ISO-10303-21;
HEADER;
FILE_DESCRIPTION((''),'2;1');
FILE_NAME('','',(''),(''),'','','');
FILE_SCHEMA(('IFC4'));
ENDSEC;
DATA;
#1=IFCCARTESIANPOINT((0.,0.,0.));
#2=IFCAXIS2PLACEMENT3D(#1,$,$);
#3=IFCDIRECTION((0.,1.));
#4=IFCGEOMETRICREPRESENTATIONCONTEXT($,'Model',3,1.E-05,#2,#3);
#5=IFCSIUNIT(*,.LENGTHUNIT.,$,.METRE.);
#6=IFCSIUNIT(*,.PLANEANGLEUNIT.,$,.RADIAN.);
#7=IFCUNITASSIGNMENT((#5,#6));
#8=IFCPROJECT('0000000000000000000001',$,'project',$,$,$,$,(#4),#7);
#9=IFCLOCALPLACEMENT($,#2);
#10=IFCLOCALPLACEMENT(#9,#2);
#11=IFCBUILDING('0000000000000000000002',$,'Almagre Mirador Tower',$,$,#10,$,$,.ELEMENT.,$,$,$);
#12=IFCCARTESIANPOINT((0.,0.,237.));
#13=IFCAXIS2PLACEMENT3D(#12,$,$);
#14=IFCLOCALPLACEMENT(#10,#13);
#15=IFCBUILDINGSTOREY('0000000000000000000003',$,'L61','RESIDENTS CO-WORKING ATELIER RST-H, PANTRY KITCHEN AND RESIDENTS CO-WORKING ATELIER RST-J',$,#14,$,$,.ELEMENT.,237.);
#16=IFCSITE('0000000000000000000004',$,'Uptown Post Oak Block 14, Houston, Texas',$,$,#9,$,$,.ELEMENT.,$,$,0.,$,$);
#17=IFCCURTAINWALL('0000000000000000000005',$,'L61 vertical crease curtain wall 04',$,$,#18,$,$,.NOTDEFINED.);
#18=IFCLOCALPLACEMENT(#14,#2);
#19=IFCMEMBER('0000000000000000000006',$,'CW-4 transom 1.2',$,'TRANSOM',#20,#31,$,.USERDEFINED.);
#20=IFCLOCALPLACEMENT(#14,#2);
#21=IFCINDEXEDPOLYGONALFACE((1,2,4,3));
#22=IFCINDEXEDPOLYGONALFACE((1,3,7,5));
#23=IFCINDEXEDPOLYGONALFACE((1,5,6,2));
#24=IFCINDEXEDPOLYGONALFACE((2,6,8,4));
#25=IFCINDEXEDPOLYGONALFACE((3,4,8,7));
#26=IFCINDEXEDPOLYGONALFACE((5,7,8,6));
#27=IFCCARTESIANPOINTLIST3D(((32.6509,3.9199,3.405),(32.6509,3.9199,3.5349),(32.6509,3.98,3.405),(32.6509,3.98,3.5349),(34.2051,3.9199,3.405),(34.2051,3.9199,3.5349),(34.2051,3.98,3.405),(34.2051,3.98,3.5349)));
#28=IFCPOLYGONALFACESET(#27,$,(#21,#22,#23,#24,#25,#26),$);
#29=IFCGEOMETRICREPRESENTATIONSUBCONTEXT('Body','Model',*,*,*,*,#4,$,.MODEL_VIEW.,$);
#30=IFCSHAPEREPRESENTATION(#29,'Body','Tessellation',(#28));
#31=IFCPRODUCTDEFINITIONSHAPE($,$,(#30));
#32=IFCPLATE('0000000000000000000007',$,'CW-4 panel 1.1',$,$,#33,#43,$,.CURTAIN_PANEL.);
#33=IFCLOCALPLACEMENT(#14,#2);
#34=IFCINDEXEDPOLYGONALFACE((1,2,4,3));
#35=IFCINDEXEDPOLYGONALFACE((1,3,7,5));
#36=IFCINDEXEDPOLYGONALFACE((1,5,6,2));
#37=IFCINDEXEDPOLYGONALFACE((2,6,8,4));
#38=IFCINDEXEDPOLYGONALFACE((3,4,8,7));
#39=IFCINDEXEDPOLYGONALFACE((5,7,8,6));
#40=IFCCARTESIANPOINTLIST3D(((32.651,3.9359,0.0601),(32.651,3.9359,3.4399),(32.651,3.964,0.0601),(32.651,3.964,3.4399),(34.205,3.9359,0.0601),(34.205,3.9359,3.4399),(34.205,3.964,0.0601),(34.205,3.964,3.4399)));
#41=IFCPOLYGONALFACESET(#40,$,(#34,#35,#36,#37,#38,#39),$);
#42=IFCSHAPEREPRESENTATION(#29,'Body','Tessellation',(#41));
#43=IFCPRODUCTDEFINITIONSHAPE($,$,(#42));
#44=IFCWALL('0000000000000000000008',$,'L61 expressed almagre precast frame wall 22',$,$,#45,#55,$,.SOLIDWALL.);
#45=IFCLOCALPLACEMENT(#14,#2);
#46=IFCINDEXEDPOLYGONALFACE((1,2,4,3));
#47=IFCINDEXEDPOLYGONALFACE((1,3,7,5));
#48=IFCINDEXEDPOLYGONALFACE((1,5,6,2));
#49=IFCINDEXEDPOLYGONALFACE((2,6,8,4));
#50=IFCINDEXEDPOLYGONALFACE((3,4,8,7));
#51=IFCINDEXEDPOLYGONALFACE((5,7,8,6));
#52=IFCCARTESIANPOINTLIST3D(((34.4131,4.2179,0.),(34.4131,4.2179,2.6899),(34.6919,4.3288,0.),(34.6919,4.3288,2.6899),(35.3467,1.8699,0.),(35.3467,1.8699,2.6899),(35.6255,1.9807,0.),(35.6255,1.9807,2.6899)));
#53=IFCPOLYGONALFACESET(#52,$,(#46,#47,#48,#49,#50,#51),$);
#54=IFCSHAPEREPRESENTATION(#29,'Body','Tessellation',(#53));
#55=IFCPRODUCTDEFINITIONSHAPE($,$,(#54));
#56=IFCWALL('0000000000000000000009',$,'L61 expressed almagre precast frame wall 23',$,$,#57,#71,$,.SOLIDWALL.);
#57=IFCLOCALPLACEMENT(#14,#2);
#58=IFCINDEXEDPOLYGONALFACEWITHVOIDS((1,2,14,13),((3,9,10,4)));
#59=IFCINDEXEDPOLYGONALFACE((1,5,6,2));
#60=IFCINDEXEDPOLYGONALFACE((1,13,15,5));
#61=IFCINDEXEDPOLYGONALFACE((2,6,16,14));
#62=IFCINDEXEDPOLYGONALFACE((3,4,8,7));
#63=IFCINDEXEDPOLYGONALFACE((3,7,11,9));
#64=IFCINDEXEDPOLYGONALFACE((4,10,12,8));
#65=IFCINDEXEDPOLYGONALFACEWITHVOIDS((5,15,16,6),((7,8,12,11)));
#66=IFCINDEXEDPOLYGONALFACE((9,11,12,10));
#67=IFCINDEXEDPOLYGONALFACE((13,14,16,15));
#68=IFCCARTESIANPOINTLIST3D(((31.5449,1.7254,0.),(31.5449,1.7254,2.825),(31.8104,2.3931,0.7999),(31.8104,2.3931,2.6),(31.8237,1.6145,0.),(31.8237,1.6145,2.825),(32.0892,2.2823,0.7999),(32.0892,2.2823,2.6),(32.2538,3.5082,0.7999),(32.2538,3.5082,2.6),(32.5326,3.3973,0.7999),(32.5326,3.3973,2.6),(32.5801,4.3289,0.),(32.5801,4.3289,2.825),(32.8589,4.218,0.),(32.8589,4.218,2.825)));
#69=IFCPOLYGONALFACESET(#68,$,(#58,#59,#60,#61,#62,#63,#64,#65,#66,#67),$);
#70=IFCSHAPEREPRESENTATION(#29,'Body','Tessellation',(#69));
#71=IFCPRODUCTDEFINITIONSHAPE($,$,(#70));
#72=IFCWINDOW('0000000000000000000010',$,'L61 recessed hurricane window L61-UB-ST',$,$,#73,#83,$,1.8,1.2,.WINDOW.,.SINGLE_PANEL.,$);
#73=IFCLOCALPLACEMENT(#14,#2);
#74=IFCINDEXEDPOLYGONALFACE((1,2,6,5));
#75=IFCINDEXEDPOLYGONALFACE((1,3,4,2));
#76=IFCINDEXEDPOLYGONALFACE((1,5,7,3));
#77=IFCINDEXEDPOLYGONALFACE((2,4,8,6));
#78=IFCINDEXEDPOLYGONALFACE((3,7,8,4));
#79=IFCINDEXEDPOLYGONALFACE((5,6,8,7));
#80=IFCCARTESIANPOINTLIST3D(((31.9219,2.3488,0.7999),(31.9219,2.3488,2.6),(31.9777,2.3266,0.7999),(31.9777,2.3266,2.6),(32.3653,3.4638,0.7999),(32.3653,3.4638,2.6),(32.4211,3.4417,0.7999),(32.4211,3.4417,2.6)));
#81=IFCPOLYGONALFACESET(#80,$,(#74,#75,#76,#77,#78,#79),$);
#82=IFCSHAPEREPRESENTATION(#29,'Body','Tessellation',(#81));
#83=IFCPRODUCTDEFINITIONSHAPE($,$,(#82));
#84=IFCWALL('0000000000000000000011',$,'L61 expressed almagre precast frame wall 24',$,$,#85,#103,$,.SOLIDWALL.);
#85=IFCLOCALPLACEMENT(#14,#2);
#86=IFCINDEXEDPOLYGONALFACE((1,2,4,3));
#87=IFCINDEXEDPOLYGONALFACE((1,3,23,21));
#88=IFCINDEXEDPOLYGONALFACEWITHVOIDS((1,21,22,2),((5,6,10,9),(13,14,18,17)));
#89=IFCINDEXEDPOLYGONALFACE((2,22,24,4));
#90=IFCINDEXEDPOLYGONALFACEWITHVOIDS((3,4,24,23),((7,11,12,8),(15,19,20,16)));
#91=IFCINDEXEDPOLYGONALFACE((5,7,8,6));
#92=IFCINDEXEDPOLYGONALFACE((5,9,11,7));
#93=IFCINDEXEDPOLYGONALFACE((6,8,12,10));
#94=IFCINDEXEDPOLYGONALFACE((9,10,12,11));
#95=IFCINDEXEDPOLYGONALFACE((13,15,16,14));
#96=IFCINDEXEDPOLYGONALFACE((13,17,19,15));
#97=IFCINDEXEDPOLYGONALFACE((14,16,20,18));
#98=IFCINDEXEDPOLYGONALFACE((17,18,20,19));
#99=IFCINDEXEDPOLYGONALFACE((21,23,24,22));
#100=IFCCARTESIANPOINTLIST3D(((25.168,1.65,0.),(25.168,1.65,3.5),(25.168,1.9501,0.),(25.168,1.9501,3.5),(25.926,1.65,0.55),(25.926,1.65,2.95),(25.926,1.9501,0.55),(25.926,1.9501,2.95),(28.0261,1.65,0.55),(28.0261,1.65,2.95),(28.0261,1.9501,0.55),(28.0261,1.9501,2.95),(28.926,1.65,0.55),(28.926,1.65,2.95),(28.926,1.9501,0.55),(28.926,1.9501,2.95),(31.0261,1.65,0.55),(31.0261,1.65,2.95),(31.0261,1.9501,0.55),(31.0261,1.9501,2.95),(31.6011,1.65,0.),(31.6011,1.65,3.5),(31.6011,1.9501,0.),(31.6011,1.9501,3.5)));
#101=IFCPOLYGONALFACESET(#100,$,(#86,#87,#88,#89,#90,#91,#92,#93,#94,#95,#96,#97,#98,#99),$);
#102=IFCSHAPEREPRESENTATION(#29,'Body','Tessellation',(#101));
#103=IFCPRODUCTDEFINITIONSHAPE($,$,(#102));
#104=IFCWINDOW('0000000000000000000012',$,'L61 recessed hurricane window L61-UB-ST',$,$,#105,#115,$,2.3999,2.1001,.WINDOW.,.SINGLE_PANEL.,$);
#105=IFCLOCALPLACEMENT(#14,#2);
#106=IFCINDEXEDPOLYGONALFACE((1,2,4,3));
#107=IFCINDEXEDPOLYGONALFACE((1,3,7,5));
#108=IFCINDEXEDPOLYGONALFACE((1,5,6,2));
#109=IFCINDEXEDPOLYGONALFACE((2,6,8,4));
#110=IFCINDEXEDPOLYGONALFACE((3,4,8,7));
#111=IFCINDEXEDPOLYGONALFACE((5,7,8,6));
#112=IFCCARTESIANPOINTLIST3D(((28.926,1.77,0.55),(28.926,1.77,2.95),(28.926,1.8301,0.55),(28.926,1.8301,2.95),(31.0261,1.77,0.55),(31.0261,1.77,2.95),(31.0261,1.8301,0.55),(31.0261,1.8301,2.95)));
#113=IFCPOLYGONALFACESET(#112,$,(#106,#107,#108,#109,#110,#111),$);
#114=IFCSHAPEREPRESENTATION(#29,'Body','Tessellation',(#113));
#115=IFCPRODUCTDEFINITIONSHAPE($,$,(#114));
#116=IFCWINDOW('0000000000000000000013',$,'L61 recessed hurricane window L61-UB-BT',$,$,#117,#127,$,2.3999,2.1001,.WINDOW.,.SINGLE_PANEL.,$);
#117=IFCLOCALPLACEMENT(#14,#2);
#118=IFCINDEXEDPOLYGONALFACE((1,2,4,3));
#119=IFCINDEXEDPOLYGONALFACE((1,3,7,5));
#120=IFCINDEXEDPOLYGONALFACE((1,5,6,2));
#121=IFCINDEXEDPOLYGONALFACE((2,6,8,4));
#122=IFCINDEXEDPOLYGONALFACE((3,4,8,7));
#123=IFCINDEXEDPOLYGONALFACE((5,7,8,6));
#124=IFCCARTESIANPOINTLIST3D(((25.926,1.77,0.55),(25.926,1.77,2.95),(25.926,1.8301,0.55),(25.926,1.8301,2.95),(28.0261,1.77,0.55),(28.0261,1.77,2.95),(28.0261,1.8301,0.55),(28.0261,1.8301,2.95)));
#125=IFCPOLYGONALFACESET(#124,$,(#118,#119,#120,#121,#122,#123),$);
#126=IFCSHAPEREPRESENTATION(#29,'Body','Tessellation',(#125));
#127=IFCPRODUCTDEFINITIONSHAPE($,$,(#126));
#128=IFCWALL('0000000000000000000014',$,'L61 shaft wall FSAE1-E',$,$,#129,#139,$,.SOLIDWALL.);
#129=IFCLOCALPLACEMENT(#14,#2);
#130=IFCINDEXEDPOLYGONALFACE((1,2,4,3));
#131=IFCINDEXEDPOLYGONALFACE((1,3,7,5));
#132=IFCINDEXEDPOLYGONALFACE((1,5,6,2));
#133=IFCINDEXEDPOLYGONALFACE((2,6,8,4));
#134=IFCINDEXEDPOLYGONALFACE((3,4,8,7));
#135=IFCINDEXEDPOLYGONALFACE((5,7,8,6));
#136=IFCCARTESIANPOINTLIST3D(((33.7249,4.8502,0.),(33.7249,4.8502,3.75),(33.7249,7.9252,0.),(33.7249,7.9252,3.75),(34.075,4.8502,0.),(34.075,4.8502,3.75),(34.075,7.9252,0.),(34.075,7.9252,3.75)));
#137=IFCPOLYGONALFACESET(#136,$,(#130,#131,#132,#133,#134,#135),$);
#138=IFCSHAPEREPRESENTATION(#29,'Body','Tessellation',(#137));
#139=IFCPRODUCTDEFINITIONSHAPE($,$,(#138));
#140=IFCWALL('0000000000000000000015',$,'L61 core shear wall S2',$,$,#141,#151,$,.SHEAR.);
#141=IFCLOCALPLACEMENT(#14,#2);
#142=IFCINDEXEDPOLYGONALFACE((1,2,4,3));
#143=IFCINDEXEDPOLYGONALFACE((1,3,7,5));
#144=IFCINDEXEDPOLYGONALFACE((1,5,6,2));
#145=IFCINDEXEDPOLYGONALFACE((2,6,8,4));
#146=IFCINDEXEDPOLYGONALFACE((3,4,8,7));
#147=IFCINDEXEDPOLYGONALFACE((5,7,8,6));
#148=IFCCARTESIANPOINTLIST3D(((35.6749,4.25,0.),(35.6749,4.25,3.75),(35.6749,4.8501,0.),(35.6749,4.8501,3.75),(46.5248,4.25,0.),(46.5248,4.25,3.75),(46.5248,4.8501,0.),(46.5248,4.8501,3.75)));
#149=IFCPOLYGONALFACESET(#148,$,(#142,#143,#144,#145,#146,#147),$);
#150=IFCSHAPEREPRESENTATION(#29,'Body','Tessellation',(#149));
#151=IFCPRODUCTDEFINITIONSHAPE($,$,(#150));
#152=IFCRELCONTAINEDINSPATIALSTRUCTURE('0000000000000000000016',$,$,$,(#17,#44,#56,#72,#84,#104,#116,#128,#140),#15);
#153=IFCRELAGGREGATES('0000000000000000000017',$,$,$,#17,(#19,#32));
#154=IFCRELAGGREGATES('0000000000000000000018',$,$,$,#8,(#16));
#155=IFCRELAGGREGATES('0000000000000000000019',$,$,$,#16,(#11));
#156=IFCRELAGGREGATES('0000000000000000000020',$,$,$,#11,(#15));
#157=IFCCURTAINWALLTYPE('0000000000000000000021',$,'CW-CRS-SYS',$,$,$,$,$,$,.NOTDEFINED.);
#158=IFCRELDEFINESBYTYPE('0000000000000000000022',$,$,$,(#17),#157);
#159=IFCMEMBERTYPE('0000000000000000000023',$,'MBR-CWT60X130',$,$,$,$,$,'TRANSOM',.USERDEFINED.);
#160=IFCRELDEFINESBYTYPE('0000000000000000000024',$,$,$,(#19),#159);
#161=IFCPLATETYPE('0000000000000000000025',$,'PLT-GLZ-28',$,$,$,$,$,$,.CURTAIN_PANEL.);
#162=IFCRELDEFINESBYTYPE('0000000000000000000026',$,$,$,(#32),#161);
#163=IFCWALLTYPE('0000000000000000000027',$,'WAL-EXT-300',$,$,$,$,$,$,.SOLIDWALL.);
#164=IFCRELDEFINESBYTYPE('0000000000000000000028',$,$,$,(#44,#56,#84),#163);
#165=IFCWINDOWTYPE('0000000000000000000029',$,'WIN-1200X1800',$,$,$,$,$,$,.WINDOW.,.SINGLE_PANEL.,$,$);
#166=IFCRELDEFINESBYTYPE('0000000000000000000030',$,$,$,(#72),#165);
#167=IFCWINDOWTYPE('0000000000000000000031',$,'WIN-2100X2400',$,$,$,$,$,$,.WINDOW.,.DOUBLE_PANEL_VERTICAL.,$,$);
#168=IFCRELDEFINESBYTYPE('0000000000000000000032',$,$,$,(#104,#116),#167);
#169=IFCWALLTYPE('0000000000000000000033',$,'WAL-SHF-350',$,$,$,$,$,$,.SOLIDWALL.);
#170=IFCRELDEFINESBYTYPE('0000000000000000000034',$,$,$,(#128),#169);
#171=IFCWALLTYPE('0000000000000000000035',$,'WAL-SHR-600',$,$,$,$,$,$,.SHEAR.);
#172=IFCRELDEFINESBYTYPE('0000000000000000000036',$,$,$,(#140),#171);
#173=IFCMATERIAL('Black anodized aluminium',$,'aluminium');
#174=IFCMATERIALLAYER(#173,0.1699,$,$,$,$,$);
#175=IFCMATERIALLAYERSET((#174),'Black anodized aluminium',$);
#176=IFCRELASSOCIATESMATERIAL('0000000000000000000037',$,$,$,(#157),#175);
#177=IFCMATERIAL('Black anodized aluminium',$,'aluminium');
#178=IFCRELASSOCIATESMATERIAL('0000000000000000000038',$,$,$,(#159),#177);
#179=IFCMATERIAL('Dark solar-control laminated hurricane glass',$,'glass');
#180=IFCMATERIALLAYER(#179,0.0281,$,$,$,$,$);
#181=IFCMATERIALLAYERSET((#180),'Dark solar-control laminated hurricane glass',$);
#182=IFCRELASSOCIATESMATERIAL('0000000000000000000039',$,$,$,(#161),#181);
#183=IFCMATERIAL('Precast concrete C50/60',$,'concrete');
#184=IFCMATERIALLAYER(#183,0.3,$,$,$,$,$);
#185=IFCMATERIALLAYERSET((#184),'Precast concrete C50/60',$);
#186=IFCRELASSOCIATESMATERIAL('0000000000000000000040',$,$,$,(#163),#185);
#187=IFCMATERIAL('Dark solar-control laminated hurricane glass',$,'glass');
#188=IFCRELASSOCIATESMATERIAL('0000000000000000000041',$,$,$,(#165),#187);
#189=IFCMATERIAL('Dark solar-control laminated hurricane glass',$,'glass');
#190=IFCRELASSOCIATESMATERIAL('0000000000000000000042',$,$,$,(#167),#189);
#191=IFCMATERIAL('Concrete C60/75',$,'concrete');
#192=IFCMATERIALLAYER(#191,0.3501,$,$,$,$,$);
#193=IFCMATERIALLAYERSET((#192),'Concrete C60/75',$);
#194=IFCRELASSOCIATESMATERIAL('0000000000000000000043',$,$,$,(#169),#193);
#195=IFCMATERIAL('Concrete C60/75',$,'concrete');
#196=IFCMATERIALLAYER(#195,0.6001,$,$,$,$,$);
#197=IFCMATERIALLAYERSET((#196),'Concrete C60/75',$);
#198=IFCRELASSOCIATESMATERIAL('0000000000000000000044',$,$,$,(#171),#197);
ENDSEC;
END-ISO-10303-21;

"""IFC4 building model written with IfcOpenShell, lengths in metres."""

from ifc_helpers import new_model, si_unit, direction, frame, frame_2d, origin, origin_2d, place, context, subcontext, project, spatial, rectangle, extrude, material, layer, layer_set, material_profile, profile_set, type_object, element, fill, aggregate, save


model = new_model("IFC4")

# Units and contexts
model_context = context("Model", 3, precision=1e-05, world=origin(), true_north=direction((0.0, 1.0)))
body_context = subcontext(model_context, "Body", "Model", "MODEL_VIEW")
ifc_project = project(units=[si_unit("LENGTHUNIT", "METRE"), si_unit("PLANEANGLEUNIT", "RADIAN")], contexts=[model_context])

# Site, building, storey
site_placement = place(None, origin())
site = spatial("IfcSite", under=ifc_project, at=site_placement, Name="Uptown Post Oak Block 14, Houston, Texas", CompositionType="ELEMENT", RefElevation=0.0)
building_placement = place(site_placement, origin())
building = spatial("IfcBuilding", under=site, at=building_placement, Name="Almagre Mirador Tower", CompositionType="ELEMENT")
storey_placement = place(building_placement, frame((0.0, 0.0, 237.0)))
storey = spatial("IfcBuildingStorey", under=building, at=storey_placement, Name="L61", Description="RESIDENTS CO-WORKING ATELIER RST-H, PANTRY KITCHEN AND RESIDENTS CO-WORKING ATELIER RST-J", CompositionType="ELEMENT", Elevation=237.0)

# Curtain wall, member, plate
ifc_material_1 = material(Name="Black anodized aluminium", Category="aluminium")
ifc_layer_1 = layer(ifc_material_1, 0.1699)
ifc_layer_set_1 = layer_set([ifc_layer_1], Name="Black anodized aluminium")
curtain_wall_type = type_object("IfcCurtainWallType", Name="CW-CRS-SYS", PredefinedType="NOTDEFINED", material=ifc_layer_set_1)
curtain_wall_placement = place(storey_placement, origin())
curtain_wall = element("IfcCurtainWall", 1, at=curtain_wall_placement, inside=storey, type_object=curtain_wall_type, Name="L61 vertical crease curtain wall 04", PredefinedType="NOTDEFINED")
ifc_material_2 = material(Name="Black anodized aluminium", Category="aluminium")
ifc_material_profile_1 = material_profile(ifc_material_2, rectangle(XDim=0.0601, YDim=0.1299, at=origin_2d()), Name="CWT60X130")
ifc_profile_set_1 = profile_set([ifc_material_profile_1], Name="Black anodized aluminium")
member_type_1 = type_object("IfcMemberType", Name="MBR-CWT60X130", ElementType="TRANSOM", PredefinedType="USERDEFINED", material=ifc_profile_set_1)
member_1_placement = place(storey_placement, frame((34.2051, 3.95, 3.47), z_axis=(-1.0, 0.0, 0.0), x_axis=(0.0, -1.0, 0.0)))
member_1 = element("IfcMember", 2, at=member_1_placement, type_object=member_type_1, Name="CW-4 transom 1.2", ObjectType="TRANSOM", PredefinedType="USERDEFINED", context=body_context, shape_type="SweptSolid", body=[
    extrude(rectangle(XDim=0.0601, YDim=0.1299, at=origin_2d()), origin(), (0.0, 0.0, 1.0), 1.5542),
])
ifc_material_3 = material(Name="Dark solar-control laminated hurricane glass", Category="glass")
ifc_layer_2 = layer(ifc_material_3, 0.0281)
ifc_layer_set_2 = layer_set([ifc_layer_2], Name="Dark solar-control laminated hurricane glass")
plate_type = type_object("IfcPlateType", Name="PLT-GLZ-28", PredefinedType="CURTAIN_PANEL", material=ifc_layer_set_2)
plate_placement = place(storey_placement, frame((33.428, 3.95, 0.0601), z_axis=(0.0, 0.0, 1.0), x_axis=(-1.0, 0.0, 0.0)))
plate = element("IfcPlate", 3, at=plate_placement, type_object=plate_type, Name="CW-4 panel 1.1", PredefinedType="CURTAIN_PANEL", context=body_context, shape_type="SweptSolid", body=[
    extrude(rectangle(XDim=1.554, YDim=0.0281, at=origin_2d()), origin(), (0.0, 0.0, 1.0), 3.3799),
])
aggregate(curtain_wall, [member_1, plate])

# Wall
ifc_material_4 = material(Name="Precast concrete C50/60", Category="concrete")
ifc_layer_3 = layer(ifc_material_4, 0.3)
ifc_layer_set_3 = layer_set([ifc_layer_3], Name="Precast concrete C50/60")
wall_type_1 = type_object("IfcWallType", Name="WAL-EXT-300", PredefinedType="SOLIDWALL", material=ifc_layer_set_3)
wall_1_placement = place(storey_placement, frame((35.4861, 1.9253, 0.0), z_axis=(0.0, 0.0, 1.0), x_axis=(-0.369458, 0.929248, 0.0)))
element("IfcWall", 4, at=wall_1_placement, inside=storey, type_object=wall_type_1, Name="L61 expressed almagre precast frame wall 22", PredefinedType="SOLIDWALL", context=body_context, shape_type="SweptSolid", body=[
    extrude(rectangle(XDim=2.5269, YDim=0.3, at=frame_2d((1.2634, 0.0))), origin(), (0.0, 0.0, 1.0), 2.6899),
])

# Wall, opening, window
wall_2_placement = place(storey_placement, frame((32.7195, 4.2734, 0.0), z_axis=(0.0, 0.0, 1.0), x_axis=(-0.369467, -0.929244, 0.0)))
wall_2 = element("IfcWall", 5, at=wall_2_placement, inside=storey, type_object=wall_type_1, Name="L61 expressed almagre precast frame wall 23", PredefinedType="SOLIDWALL", context=body_context, shape_type="SweptSolid", body=[
    extrude(rectangle(XDim=2.8018, YDim=0.3, at=frame_2d((1.4009, 0.0))), origin(), (0.0, 0.0, 1.0), 2.825),
])
opening_1_placement = place(wall_2_placement, frame((0.8831, 0.0, 0.8)))
opening_1 = element("IfcOpeningElement", 6, at=opening_1_placement, cuts=wall_2, PredefinedType="OPENING", context=body_context, shape_type="SweptSolid", body=[
    extrude(rectangle(XDim=1.2, YDim=1.8, at=frame_2d((0.6001, 0.8999))), frame((0.0, 0.1599, 0.0), z_axis=(0.0, -1.0, 0.0), x_axis=(1.0, 0.0, 0.0)), (0.0, 0.0, 1.0), 0.32),
])
ifc_material_5 = material(Name="Dark solar-control laminated hurricane glass", Category="glass")
window_type_1 = type_object("IfcWindowType", Name="WIN-1200X1800", PartitioningType="SINGLE_PANEL", PredefinedType="WINDOW", material=ifc_material_5)
window_1_placement = place(opening_1_placement, origin())
window_1 = element("IfcWindow", 7, at=window_1_placement, inside=storey, type_object=window_type_1, Name="L61 recessed hurricane window L61-UB-ST", OverallHeight=1.8, OverallWidth=1.2, PartitioningType="SINGLE_PANEL", PredefinedType="WINDOW", context=body_context, shape_type="SweptSolid", body=[
    extrude(rectangle(XDim=1.2, YDim=1.8, at=frame_2d((0.6001, 0.8999))), frame((0.0, 0.03, 0.0), z_axis=(0.0, -1.0, 0.0), x_axis=(1.0, 0.0, 0.0)), (0.0, 0.0, 1.0), 0.0601),
])
fill(opening_1, window_1)

# Wall, openings, windows
wall_3_placement = place(storey_placement, frame((31.6011, 1.8, 0.0), z_axis=(0.0, 0.0, 1.0), x_axis=(-1.0, 0.0, 0.0)))
wall_3 = element("IfcWall", 8, at=wall_3_placement, inside=storey, type_object=wall_type_1, Name="L61 expressed almagre precast frame wall 24", PredefinedType="SOLIDWALL", context=body_context, shape_type="SweptSolid", body=[
    extrude(rectangle(XDim=6.4331, YDim=0.3, at=frame_2d((3.2166, 0.0))), origin(), (0.0, 0.0, 1.0), 3.5),
])
opening_2_placement = place(wall_3_placement, frame((0.575, 0.0, 0.55)))
opening_2 = element("IfcOpeningElement", 9, at=opening_2_placement, cuts=wall_3, PredefinedType="OPENING", context=body_context, shape_type="SweptSolid", body=[
    extrude(rectangle(XDim=2.1001, YDim=2.3999, at=frame_2d((1.05, 1.2))), frame((0.0, 0.1599, 0.0), z_axis=(0.0, -1.0, 0.0), x_axis=(1.0, 0.0, 0.0)), (0.0, 0.0, 1.0), 0.32),
])
opening_3_placement = place(wall_3_placement, frame((3.575, 0.0, 0.55)))
opening_3 = element("IfcOpeningElement", 10, at=opening_3_placement, cuts=wall_3, PredefinedType="OPENING", context=body_context, shape_type="SweptSolid", body=[
    extrude(rectangle(XDim=2.1001, YDim=2.3999, at=frame_2d((1.05, 1.2))), frame((0.0, 0.1599, 0.0), z_axis=(0.0, -1.0, 0.0), x_axis=(1.0, 0.0, 0.0)), (0.0, 0.0, 1.0), 0.32),
])
ifc_material_6 = material(Name="Dark solar-control laminated hurricane glass", Category="glass")
window_type_2 = type_object("IfcWindowType", Name="WIN-2100X2400", PartitioningType="DOUBLE_PANEL_VERTICAL", PredefinedType="WINDOW", material=ifc_material_6)
window_2_placement = place(opening_2_placement, origin())
window_2 = element("IfcWindow", 11, at=window_2_placement, inside=storey, type_object=window_type_2, Name="L61 recessed hurricane window L61-UB-ST", OverallHeight=2.3999, OverallWidth=2.1001, PartitioningType="SINGLE_PANEL", PredefinedType="WINDOW", context=body_context, shape_type="SweptSolid", body=[
    extrude(rectangle(XDim=2.1001, YDim=2.3999, at=frame_2d((1.05, 1.2))), frame((0.0, 0.03, 0.0), z_axis=(0.0, -1.0, 0.0), x_axis=(1.0, 0.0, 0.0)), (0.0, 0.0, 1.0), 0.0601),
])
fill(opening_2, window_2)
window_3_placement = place(opening_3_placement, origin())
window_3 = element("IfcWindow", 12, at=window_3_placement, inside=storey, type_object=window_type_2, Name="L61 recessed hurricane window L61-UB-BT", OverallHeight=2.3999, OverallWidth=2.1001, PartitioningType="SINGLE_PANEL", PredefinedType="WINDOW", context=body_context, shape_type="SweptSolid", body=[
    extrude(rectangle(XDim=2.1001, YDim=2.3999, at=frame_2d((1.05, 1.2))), frame((0.0, 0.03, 0.0), z_axis=(0.0, -1.0, 0.0), x_axis=(1.0, 0.0, 0.0)), (0.0, 0.0, 1.0), 0.0601),
])
fill(opening_3, window_3)

# Walls
ifc_material_7 = material(Name="Concrete C60/75", Category="concrete")
ifc_layer_4 = layer(ifc_material_7, 0.3501)
ifc_layer_set_4 = layer_set([ifc_layer_4], Name="Concrete C60/75")
wall_type_2 = type_object("IfcWallType", Name="WAL-SHF-350", PredefinedType="SOLIDWALL", material=ifc_layer_set_4)
wall_4_placement = place(storey_placement, frame((33.8999, 4.8501, 0.0), z_axis=(0.0, 0.0, 1.0), x_axis=(0.0, 1.0, 0.0)))
element("IfcWall", 13, at=wall_4_placement, inside=storey, type_object=wall_type_2, Name="L61 shaft wall FSAE1-E", PredefinedType="SOLIDWALL", context=body_context, shape_type="SweptSolid", body=[
    extrude(rectangle(XDim=3.075, YDim=0.3501, at=frame_2d((1.5376, 0.0))), origin(), (0.0, 0.0, 1.0), 3.75),
])
ifc_material_8 = material(Name="Concrete C60/75", Category="concrete")
ifc_layer_5 = layer(ifc_material_8, 0.6001)
ifc_layer_set_5 = layer_set([ifc_layer_5], Name="Concrete C60/75")
wall_type_3 = type_object("IfcWallType", Name="WAL-SHR-600", PredefinedType="SHEAR", material=ifc_layer_set_5)
wall_5_placement = place(storey_placement, frame((35.675, 4.55, 0.0), z_axis=(0.0, 0.0, 1.0), x_axis=(1.0, 0.0, 0.0)))
element("IfcWall", 14, at=wall_5_placement, inside=storey, type_object=wall_type_3, Name="L61 core shear wall S2", PredefinedType="SHEAR", context=body_context, shape_type="SweptSolid", body=[
    extrude(rectangle(XDim=10.8499, YDim=0.6001, at=frame_2d((5.4248, 0.0))), origin(), (0.0, 0.0, 1.0), 3.75),
])

save(model, "model.ifc")
